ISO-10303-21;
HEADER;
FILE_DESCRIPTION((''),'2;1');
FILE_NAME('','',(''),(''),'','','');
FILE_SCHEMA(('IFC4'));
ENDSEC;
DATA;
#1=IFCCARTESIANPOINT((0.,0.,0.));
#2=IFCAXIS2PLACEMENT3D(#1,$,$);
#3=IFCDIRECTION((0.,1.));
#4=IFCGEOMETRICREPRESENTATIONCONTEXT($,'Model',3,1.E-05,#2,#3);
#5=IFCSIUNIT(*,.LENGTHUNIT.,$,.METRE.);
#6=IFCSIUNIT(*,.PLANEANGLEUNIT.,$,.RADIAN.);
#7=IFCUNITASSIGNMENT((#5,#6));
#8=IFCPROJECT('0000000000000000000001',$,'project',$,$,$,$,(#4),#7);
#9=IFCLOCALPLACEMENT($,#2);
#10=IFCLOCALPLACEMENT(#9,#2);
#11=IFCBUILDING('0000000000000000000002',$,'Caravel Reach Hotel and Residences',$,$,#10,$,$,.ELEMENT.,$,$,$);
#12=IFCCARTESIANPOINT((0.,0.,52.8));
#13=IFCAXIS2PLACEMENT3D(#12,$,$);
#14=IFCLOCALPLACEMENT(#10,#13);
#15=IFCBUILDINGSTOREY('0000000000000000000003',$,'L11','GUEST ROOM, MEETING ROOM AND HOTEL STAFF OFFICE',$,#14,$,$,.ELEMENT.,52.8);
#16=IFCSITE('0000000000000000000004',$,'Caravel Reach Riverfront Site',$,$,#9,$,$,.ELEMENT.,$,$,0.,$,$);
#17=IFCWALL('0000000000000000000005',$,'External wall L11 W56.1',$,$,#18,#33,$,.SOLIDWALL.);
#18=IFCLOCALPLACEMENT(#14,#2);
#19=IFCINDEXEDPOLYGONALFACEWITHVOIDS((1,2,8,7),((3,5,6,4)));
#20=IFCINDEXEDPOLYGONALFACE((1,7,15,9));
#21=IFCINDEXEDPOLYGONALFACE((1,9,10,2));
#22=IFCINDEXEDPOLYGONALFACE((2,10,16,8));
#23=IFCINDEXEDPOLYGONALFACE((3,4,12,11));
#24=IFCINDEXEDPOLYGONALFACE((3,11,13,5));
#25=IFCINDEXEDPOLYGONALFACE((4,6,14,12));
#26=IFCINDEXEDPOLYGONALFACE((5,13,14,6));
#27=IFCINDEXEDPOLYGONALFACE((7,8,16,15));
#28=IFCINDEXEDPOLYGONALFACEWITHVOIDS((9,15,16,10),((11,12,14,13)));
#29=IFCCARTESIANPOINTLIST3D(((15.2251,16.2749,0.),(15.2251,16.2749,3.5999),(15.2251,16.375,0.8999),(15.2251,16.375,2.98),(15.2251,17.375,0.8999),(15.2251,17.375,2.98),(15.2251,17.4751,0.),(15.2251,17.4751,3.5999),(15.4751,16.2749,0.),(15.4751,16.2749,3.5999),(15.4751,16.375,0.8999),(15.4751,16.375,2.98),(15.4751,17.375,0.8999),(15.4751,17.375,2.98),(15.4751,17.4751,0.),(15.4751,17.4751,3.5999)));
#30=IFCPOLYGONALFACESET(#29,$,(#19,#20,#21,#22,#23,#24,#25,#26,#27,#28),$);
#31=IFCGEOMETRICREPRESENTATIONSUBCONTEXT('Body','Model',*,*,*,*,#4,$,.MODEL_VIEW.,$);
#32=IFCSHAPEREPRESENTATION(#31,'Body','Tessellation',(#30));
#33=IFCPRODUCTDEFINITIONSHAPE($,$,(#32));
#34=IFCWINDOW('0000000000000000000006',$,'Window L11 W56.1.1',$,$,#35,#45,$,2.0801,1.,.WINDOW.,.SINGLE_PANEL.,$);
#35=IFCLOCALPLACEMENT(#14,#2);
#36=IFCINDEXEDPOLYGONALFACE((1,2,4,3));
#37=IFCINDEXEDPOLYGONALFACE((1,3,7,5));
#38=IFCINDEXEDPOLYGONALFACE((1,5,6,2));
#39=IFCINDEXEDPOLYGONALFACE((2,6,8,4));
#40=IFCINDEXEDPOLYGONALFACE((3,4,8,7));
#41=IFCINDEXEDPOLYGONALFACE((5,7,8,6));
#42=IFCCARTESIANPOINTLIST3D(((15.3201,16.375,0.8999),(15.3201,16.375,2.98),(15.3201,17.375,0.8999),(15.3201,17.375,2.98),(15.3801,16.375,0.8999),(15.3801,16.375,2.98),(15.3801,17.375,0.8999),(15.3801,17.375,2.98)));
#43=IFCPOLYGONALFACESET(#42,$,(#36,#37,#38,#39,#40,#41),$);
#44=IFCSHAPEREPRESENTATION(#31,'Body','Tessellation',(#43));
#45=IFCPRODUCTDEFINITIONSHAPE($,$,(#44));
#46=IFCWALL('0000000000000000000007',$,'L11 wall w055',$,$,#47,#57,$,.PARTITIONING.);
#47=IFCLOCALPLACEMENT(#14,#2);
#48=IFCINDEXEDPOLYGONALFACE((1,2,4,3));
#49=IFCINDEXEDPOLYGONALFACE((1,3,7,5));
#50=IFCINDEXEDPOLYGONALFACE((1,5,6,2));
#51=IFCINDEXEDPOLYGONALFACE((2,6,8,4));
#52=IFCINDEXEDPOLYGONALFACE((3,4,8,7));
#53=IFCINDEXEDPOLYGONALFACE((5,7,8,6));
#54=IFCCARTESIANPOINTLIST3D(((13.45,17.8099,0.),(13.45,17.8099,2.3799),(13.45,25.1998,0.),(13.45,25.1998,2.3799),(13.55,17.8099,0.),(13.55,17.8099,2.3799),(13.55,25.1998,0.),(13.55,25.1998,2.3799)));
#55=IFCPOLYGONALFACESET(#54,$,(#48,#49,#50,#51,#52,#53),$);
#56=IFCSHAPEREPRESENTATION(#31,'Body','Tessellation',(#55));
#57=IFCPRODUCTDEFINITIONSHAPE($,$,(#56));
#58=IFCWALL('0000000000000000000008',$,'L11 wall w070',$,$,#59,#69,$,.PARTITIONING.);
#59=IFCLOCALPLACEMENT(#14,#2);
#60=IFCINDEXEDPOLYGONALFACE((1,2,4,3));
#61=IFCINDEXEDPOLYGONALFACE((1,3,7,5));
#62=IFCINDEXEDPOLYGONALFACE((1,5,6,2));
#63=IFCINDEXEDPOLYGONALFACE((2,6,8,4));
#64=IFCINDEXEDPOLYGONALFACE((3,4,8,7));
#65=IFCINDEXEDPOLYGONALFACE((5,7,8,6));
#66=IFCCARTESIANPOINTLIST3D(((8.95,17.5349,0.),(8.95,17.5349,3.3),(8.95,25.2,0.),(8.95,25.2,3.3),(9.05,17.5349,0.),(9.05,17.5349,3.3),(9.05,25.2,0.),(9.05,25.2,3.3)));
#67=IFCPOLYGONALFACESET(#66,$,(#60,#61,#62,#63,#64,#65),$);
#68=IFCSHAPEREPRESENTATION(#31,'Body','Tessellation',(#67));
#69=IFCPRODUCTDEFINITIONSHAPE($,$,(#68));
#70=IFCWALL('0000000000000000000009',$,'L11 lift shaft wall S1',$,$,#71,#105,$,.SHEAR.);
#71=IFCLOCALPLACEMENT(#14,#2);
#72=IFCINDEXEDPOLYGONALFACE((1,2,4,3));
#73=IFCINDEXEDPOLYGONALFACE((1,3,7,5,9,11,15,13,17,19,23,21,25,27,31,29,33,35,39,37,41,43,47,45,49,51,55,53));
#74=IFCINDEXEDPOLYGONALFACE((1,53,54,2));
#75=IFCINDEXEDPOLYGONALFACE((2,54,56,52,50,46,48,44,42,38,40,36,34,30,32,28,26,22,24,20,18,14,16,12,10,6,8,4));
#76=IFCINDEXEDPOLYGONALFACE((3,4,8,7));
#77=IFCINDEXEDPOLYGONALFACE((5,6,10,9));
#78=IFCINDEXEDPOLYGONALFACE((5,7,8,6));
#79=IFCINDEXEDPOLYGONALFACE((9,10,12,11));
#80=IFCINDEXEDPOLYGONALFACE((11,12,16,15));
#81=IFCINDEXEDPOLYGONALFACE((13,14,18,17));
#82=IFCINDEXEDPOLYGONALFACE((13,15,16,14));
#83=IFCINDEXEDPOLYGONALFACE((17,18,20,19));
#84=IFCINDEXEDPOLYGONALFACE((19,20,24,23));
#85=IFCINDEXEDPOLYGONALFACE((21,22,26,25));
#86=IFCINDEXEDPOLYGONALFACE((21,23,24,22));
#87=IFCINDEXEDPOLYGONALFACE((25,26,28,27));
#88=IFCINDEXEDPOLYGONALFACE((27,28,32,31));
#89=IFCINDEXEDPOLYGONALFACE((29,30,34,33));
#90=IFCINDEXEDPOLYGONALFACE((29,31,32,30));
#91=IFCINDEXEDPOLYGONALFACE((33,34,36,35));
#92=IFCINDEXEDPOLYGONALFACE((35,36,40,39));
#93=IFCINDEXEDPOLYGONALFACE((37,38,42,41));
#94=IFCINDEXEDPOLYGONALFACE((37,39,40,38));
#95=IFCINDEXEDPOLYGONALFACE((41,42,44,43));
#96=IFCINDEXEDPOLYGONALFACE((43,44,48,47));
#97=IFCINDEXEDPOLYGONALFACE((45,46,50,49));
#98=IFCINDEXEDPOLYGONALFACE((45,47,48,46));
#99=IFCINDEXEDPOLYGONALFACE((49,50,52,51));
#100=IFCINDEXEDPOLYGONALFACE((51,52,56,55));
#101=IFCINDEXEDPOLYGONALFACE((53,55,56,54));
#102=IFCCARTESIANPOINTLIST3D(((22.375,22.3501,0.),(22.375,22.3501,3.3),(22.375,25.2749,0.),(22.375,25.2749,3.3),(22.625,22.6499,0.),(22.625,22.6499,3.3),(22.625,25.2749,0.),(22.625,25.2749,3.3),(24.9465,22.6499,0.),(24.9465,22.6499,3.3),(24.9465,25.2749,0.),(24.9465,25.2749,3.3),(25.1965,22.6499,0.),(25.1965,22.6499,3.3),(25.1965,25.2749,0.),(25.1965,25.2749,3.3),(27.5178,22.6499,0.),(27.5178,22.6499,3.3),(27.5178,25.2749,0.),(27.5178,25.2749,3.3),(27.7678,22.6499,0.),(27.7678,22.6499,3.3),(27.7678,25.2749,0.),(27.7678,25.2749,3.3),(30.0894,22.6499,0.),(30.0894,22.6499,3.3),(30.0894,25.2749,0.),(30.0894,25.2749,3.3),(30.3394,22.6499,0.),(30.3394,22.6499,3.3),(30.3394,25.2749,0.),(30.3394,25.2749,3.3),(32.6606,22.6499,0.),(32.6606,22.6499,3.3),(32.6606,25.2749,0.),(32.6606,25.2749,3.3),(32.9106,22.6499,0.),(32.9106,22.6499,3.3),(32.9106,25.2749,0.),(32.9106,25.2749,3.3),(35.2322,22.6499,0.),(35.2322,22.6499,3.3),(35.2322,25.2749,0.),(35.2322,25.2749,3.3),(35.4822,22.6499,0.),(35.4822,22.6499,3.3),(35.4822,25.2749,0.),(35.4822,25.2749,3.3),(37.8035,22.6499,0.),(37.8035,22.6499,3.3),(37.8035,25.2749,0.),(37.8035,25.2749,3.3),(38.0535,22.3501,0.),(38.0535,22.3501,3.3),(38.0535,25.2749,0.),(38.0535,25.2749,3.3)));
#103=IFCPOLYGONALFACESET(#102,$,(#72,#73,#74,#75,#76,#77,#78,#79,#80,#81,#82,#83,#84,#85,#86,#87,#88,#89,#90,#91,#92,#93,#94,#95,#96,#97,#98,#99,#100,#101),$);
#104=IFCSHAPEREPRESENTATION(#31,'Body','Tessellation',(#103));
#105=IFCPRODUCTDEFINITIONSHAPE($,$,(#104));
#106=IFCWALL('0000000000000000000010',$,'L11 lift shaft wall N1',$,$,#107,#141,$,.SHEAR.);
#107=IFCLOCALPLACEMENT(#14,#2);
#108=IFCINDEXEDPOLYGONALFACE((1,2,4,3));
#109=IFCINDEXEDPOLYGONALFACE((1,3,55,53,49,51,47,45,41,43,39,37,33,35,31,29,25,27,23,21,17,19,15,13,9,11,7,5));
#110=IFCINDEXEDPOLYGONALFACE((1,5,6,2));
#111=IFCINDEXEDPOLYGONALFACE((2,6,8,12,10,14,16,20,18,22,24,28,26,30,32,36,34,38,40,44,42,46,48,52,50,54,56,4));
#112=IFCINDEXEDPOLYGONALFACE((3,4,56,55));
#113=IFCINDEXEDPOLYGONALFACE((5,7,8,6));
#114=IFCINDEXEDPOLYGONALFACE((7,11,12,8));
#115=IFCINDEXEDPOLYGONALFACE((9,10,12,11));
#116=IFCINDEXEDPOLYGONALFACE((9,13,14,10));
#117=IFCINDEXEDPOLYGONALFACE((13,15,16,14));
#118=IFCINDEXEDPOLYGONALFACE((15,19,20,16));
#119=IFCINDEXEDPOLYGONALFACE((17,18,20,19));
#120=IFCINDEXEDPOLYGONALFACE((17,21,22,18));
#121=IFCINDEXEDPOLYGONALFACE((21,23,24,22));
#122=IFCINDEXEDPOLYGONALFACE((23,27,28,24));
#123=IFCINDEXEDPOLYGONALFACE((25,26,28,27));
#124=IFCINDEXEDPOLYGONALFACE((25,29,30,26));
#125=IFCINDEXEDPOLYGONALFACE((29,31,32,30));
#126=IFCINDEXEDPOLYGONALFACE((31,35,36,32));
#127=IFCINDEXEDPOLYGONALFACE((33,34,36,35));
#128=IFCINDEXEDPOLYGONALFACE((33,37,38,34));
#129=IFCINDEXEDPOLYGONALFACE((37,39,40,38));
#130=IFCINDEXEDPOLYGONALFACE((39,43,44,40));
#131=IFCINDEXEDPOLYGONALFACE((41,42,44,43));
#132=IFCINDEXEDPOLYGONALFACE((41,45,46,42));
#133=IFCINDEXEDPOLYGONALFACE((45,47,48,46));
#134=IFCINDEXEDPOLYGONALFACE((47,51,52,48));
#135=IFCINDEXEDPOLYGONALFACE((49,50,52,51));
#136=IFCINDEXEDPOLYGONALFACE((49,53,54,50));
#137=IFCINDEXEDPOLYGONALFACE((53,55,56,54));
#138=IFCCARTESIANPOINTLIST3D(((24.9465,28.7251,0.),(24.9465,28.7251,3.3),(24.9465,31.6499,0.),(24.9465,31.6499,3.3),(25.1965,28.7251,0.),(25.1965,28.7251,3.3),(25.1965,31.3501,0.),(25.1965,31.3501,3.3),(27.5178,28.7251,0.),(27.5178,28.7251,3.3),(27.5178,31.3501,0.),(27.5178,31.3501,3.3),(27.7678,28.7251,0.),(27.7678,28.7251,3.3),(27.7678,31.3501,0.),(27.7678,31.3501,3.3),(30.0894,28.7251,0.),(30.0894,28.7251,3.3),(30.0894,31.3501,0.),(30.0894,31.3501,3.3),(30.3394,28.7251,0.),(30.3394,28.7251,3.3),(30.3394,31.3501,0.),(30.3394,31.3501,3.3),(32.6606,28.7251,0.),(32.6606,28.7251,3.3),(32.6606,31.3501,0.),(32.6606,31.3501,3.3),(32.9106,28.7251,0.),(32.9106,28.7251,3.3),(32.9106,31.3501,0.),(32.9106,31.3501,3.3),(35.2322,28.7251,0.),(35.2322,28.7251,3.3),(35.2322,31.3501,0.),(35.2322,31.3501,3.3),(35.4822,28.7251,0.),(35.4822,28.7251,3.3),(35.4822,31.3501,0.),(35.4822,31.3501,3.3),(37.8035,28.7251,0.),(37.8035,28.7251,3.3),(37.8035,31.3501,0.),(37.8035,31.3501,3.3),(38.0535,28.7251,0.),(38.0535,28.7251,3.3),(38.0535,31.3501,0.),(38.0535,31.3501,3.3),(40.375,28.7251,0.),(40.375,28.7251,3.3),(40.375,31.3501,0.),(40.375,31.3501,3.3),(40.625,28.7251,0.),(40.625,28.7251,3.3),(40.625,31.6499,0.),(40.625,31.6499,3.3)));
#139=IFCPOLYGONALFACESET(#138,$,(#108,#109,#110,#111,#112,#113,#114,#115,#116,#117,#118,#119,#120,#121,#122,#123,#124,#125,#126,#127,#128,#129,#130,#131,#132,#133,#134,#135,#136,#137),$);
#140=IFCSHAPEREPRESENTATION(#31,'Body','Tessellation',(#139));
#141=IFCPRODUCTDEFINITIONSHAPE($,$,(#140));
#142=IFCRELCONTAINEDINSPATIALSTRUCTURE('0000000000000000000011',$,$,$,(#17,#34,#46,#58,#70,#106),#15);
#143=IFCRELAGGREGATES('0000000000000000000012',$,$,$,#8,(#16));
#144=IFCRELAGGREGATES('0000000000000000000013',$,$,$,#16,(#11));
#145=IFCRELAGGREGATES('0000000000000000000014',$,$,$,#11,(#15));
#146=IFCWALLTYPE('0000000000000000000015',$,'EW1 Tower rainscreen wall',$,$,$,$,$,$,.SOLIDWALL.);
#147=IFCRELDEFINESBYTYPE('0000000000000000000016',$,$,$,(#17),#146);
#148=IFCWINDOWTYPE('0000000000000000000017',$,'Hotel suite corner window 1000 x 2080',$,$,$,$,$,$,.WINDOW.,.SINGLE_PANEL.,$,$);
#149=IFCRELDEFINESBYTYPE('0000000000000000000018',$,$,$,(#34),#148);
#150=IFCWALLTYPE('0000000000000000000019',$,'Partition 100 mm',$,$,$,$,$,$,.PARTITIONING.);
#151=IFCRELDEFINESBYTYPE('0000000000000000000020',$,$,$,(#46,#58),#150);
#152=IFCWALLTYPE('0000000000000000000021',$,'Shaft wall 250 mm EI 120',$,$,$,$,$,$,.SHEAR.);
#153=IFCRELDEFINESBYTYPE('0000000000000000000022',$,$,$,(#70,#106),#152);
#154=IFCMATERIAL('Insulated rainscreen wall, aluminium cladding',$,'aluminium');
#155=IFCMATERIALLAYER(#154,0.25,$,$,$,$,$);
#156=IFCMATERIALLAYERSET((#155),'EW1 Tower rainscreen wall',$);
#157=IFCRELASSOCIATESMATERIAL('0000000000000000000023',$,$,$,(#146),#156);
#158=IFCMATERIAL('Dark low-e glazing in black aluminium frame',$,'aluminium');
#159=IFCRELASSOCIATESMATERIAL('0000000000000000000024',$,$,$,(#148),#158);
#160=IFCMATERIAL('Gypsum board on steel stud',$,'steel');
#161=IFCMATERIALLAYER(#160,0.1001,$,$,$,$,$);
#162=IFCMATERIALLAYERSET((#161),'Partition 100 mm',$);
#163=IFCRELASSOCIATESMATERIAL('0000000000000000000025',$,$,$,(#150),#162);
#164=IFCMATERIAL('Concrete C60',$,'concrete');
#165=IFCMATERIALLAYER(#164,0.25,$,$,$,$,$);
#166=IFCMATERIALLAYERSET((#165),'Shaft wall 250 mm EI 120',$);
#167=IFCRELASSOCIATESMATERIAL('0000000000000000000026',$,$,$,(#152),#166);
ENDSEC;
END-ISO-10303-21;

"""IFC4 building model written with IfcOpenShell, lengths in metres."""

from ifc_helpers import new_model, si_unit, direction, frame, frame_2d, origin, place, context, subcontext, project, spatial, polyline, rectangle, outline, extrude, material, layer, layer_set, type_object, element, fill, save


model = new_model("IFC4")

# Units and contexts
model_context = context("Model", 3, precision=1e-05, world=origin(), true_north=direction((0.0, 1.0)))
body_context = subcontext(model_context, "Body", "Model", "MODEL_VIEW")
ifc_project = project(units=[si_unit("LENGTHUNIT", "METRE"), si_unit("PLANEANGLEUNIT", "RADIAN")], contexts=[model_context])

# Site, building, storey
site_placement = place(None, origin())
site = spatial("IfcSite", under=ifc_project, at=site_placement, Name="Caravel Reach Riverfront Site", CompositionType="ELEMENT", RefElevation=0.0)
building_placement = place(site_placement, origin())
building = spatial("IfcBuilding", under=site, at=building_placement, Name="Caravel Reach Hotel and Residences", CompositionType="ELEMENT")
storey_placement = place(building_placement, frame((0.0, 0.0, 52.8)))
storey = spatial("IfcBuildingStorey", under=building, at=storey_placement, Name="L11", Description="GUEST ROOM, MEETING ROOM AND HOTEL STAFF OFFICE", CompositionType="ELEMENT", Elevation=52.8)

# Shared definitions
ifc_material_1 = material(Name="Insulated rainscreen wall, aluminium cladding", Category="aluminium")
ifc_layer_1 = layer(ifc_material_1, 0.25)
ifc_layer_set_1 = layer_set([ifc_layer_1], Name="EW1 Tower rainscreen wall")
wall_type_1 = type_object("IfcWallType", Name="EW1 Tower rainscreen wall", PredefinedType="SOLIDWALL", material=ifc_layer_set_1)

# Wall, opening, window
ifc_material_2 = material(Name="Dark low-e glazing in black aluminium frame", Category="aluminium")
window_type_1 = type_object("IfcWindowType", Name="Hotel suite corner window 1000 x 2080", PartitioningType="SINGLE_PANEL", PredefinedType="WINDOW", material=ifc_material_2)
wall_1_placement = place(storey_placement, frame((15.3501, 17.4751, 0.0), z_axis=(0.0, 0.0, 1.0), x_axis=(0.0, -1.0, 0.0)))
wall_1 = element("IfcWall", 1, at=wall_1_placement, inside=storey, type_object=wall_type_1, Name="External wall L11 W56.1", PredefinedType="SOLIDWALL", context=body_context, shape_type="SweptSolid", body=[
    extrude(rectangle(XDim=1.2002, YDim=0.25, at=frame_2d((0.6001, 0.0))), origin(), (0.0, 0.0, 1.0), 3.5999),
])
opening_1_placement = place(wall_1_placement, frame((0.1001, 0.0, 0.8999)))
opening_1 = element("IfcOpeningElement", 2, at=opening_1_placement, cuts=wall_1, PredefinedType="OPENING", context=body_context, shape_type="SweptSolid", body=[
    extrude(rectangle(XDim=1.0, YDim=2.0801, at=frame_2d((0.5, 1.04))), frame((0.0, 0.135, 0.0), z_axis=(0.0, -1.0, 0.0), x_axis=(1.0, 0.0, 0.0)), (0.0, 0.0, 1.0), 0.27),
])
window_1_placement = place(opening_1_placement, origin())
window_1 = element("IfcWindow", 3, at=window_1_placement, inside=storey, type_object=window_type_1, Name="Window L11 W56.1.1", OverallHeight=2.0801, OverallWidth=1.0, PartitioningType="SINGLE_PANEL", PredefinedType="WINDOW", context=body_context, shape_type="SweptSolid", body=[
    extrude(rectangle(XDim=1.0, YDim=2.0801, at=frame_2d((0.5, 1.04))), frame((0.0, 0.03, 0.0), z_axis=(0.0, -1.0, 0.0), x_axis=(1.0, 0.0, 0.0)), (0.0, 0.0, 1.0), 0.0601),
])
fill(opening_1, window_1)

# Walls
ifc_material_3 = material(Name="Gypsum board on steel stud", Category="steel")
ifc_layer_2 = layer(ifc_material_3, 0.1001)
ifc_layer_set_2 = layer_set([ifc_layer_2], Name="Partition 100 mm")
wall_type_2 = type_object("IfcWallType", Name="Partition 100 mm", PredefinedType="PARTITIONING", material=ifc_layer_set_2)
wall_2_placement = place(storey_placement, frame((13.5, 17.8101, 0.0), z_axis=(0.0, 0.0, 1.0), x_axis=(0.0, 1.0, 0.0)))
element("IfcWall", 4, at=wall_2_placement, inside=storey, type_object=wall_type_2, Name="L11 wall w055", PredefinedType="PARTITIONING", context=body_context, shape_type="SweptSolid", body=[
    extrude(rectangle(XDim=7.3899, YDim=0.1001, at=frame_2d((3.6948, 0.0))), origin(), (0.0, 0.0, 1.0), 2.3799),
])
wall_3_placement = place(storey_placement, frame((9.0, 17.5349, 0.0), z_axis=(0.0, 0.0, 1.0), x_axis=(0.0, 1.0, 0.0)))
element("IfcWall", 5, at=wall_3_placement, inside=storey, type_object=wall_type_2, Name="L11 wall w070", PredefinedType="PARTITIONING", context=body_context, shape_type="SweptSolid", body=[
    extrude(rectangle(XDim=7.665, YDim=0.1001, at=frame_2d((3.8325, 0.0))), origin(), (0.0, 0.0, 1.0), 3.3),
])
ifc_material_4 = material(Name="Concrete C60", Category="concrete")
ifc_layer_3 = layer(ifc_material_4, 0.25)
ifc_layer_set_3 = layer_set([ifc_layer_3], Name="Shaft wall 250 mm EI 120")
wall_type_3 = type_object("IfcWallType", Name="Shaft wall 250 mm EI 120", PredefinedType="SHEAR", material=ifc_layer_set_3)
wall_4_placement = place(storey_placement, origin())
element("IfcWall", 6, at=wall_4_placement, inside=storey, type_object=wall_type_3, Name="L11 lift shaft wall S1", PredefinedType="SHEAR", context=body_context, shape_type="SweptSolid", body=[
    extrude(outline(polyline([(22.375, 22.3501), (38.0535, 22.3501), (38.0535, 25.2749), (37.8035, 25.2749), (37.8035, 22.6499), (35.4822, 22.6499), (35.4822, 25.2749), (35.2322, 25.2749), (35.2322, 22.6499), (32.9106, 22.6499), (32.9106, 25.2749), (32.6606, 25.2749), (32.6606, 22.6499), (30.3394, 22.6499), (30.3394, 25.2749), (30.0894, 25.2749), (30.0894, 22.6499), (27.7678, 22.6499), (27.7678, 25.2749), (27.5178, 25.2749), (27.5178, 22.6499), (25.1965, 22.6499), (25.1965, 25.2749), (24.9465, 25.2749), (24.9465, 22.6499), (22.625, 22.6499), (22.625, 25.2749), (22.375, 25.2749), (22.375, 22.3501)])), origin(), (0.0, 0.0, 1.0), 3.3),
])
wall_5_placement = place(storey_placement, origin())
element("IfcWall", 7, at=wall_5_placement, inside=storey, type_object=wall_type_3, Name="L11 lift shaft wall N1", PredefinedType="SHEAR", context=body_context, shape_type="SweptSolid", body=[
    extrude(outline(polyline([(24.9465, 28.7251), (25.1965, 28.7251), (25.1965, 31.3501), (27.5178, 31.3501), (27.5178, 28.7251), (27.7678, 28.7251), (27.7678, 31.3501), (30.0894, 31.3501), (30.0894, 28.7251), (30.3394, 28.7251), (30.3394, 31.3501), (32.6606, 31.3501), (32.6606, 28.7251), (32.9106, 28.7251), (32.9106, 31.3501), (35.2322, 31.3501), (35.2322, 28.7251), (35.4822, 28.7251), (35.4822, 31.3501), (37.8035, 31.3501), (37.8035, 28.7251), (38.0535, 28.7251), (38.0535, 31.3501), (40.375, 31.3501), (40.375, 28.7251), (40.625, 28.7251), (40.625, 31.6499), (24.9465, 31.6499), (24.9465, 28.7251)])), origin(), (0.0, 0.0, 1.0), 3.3),
])

save(model, "model.ifc")
